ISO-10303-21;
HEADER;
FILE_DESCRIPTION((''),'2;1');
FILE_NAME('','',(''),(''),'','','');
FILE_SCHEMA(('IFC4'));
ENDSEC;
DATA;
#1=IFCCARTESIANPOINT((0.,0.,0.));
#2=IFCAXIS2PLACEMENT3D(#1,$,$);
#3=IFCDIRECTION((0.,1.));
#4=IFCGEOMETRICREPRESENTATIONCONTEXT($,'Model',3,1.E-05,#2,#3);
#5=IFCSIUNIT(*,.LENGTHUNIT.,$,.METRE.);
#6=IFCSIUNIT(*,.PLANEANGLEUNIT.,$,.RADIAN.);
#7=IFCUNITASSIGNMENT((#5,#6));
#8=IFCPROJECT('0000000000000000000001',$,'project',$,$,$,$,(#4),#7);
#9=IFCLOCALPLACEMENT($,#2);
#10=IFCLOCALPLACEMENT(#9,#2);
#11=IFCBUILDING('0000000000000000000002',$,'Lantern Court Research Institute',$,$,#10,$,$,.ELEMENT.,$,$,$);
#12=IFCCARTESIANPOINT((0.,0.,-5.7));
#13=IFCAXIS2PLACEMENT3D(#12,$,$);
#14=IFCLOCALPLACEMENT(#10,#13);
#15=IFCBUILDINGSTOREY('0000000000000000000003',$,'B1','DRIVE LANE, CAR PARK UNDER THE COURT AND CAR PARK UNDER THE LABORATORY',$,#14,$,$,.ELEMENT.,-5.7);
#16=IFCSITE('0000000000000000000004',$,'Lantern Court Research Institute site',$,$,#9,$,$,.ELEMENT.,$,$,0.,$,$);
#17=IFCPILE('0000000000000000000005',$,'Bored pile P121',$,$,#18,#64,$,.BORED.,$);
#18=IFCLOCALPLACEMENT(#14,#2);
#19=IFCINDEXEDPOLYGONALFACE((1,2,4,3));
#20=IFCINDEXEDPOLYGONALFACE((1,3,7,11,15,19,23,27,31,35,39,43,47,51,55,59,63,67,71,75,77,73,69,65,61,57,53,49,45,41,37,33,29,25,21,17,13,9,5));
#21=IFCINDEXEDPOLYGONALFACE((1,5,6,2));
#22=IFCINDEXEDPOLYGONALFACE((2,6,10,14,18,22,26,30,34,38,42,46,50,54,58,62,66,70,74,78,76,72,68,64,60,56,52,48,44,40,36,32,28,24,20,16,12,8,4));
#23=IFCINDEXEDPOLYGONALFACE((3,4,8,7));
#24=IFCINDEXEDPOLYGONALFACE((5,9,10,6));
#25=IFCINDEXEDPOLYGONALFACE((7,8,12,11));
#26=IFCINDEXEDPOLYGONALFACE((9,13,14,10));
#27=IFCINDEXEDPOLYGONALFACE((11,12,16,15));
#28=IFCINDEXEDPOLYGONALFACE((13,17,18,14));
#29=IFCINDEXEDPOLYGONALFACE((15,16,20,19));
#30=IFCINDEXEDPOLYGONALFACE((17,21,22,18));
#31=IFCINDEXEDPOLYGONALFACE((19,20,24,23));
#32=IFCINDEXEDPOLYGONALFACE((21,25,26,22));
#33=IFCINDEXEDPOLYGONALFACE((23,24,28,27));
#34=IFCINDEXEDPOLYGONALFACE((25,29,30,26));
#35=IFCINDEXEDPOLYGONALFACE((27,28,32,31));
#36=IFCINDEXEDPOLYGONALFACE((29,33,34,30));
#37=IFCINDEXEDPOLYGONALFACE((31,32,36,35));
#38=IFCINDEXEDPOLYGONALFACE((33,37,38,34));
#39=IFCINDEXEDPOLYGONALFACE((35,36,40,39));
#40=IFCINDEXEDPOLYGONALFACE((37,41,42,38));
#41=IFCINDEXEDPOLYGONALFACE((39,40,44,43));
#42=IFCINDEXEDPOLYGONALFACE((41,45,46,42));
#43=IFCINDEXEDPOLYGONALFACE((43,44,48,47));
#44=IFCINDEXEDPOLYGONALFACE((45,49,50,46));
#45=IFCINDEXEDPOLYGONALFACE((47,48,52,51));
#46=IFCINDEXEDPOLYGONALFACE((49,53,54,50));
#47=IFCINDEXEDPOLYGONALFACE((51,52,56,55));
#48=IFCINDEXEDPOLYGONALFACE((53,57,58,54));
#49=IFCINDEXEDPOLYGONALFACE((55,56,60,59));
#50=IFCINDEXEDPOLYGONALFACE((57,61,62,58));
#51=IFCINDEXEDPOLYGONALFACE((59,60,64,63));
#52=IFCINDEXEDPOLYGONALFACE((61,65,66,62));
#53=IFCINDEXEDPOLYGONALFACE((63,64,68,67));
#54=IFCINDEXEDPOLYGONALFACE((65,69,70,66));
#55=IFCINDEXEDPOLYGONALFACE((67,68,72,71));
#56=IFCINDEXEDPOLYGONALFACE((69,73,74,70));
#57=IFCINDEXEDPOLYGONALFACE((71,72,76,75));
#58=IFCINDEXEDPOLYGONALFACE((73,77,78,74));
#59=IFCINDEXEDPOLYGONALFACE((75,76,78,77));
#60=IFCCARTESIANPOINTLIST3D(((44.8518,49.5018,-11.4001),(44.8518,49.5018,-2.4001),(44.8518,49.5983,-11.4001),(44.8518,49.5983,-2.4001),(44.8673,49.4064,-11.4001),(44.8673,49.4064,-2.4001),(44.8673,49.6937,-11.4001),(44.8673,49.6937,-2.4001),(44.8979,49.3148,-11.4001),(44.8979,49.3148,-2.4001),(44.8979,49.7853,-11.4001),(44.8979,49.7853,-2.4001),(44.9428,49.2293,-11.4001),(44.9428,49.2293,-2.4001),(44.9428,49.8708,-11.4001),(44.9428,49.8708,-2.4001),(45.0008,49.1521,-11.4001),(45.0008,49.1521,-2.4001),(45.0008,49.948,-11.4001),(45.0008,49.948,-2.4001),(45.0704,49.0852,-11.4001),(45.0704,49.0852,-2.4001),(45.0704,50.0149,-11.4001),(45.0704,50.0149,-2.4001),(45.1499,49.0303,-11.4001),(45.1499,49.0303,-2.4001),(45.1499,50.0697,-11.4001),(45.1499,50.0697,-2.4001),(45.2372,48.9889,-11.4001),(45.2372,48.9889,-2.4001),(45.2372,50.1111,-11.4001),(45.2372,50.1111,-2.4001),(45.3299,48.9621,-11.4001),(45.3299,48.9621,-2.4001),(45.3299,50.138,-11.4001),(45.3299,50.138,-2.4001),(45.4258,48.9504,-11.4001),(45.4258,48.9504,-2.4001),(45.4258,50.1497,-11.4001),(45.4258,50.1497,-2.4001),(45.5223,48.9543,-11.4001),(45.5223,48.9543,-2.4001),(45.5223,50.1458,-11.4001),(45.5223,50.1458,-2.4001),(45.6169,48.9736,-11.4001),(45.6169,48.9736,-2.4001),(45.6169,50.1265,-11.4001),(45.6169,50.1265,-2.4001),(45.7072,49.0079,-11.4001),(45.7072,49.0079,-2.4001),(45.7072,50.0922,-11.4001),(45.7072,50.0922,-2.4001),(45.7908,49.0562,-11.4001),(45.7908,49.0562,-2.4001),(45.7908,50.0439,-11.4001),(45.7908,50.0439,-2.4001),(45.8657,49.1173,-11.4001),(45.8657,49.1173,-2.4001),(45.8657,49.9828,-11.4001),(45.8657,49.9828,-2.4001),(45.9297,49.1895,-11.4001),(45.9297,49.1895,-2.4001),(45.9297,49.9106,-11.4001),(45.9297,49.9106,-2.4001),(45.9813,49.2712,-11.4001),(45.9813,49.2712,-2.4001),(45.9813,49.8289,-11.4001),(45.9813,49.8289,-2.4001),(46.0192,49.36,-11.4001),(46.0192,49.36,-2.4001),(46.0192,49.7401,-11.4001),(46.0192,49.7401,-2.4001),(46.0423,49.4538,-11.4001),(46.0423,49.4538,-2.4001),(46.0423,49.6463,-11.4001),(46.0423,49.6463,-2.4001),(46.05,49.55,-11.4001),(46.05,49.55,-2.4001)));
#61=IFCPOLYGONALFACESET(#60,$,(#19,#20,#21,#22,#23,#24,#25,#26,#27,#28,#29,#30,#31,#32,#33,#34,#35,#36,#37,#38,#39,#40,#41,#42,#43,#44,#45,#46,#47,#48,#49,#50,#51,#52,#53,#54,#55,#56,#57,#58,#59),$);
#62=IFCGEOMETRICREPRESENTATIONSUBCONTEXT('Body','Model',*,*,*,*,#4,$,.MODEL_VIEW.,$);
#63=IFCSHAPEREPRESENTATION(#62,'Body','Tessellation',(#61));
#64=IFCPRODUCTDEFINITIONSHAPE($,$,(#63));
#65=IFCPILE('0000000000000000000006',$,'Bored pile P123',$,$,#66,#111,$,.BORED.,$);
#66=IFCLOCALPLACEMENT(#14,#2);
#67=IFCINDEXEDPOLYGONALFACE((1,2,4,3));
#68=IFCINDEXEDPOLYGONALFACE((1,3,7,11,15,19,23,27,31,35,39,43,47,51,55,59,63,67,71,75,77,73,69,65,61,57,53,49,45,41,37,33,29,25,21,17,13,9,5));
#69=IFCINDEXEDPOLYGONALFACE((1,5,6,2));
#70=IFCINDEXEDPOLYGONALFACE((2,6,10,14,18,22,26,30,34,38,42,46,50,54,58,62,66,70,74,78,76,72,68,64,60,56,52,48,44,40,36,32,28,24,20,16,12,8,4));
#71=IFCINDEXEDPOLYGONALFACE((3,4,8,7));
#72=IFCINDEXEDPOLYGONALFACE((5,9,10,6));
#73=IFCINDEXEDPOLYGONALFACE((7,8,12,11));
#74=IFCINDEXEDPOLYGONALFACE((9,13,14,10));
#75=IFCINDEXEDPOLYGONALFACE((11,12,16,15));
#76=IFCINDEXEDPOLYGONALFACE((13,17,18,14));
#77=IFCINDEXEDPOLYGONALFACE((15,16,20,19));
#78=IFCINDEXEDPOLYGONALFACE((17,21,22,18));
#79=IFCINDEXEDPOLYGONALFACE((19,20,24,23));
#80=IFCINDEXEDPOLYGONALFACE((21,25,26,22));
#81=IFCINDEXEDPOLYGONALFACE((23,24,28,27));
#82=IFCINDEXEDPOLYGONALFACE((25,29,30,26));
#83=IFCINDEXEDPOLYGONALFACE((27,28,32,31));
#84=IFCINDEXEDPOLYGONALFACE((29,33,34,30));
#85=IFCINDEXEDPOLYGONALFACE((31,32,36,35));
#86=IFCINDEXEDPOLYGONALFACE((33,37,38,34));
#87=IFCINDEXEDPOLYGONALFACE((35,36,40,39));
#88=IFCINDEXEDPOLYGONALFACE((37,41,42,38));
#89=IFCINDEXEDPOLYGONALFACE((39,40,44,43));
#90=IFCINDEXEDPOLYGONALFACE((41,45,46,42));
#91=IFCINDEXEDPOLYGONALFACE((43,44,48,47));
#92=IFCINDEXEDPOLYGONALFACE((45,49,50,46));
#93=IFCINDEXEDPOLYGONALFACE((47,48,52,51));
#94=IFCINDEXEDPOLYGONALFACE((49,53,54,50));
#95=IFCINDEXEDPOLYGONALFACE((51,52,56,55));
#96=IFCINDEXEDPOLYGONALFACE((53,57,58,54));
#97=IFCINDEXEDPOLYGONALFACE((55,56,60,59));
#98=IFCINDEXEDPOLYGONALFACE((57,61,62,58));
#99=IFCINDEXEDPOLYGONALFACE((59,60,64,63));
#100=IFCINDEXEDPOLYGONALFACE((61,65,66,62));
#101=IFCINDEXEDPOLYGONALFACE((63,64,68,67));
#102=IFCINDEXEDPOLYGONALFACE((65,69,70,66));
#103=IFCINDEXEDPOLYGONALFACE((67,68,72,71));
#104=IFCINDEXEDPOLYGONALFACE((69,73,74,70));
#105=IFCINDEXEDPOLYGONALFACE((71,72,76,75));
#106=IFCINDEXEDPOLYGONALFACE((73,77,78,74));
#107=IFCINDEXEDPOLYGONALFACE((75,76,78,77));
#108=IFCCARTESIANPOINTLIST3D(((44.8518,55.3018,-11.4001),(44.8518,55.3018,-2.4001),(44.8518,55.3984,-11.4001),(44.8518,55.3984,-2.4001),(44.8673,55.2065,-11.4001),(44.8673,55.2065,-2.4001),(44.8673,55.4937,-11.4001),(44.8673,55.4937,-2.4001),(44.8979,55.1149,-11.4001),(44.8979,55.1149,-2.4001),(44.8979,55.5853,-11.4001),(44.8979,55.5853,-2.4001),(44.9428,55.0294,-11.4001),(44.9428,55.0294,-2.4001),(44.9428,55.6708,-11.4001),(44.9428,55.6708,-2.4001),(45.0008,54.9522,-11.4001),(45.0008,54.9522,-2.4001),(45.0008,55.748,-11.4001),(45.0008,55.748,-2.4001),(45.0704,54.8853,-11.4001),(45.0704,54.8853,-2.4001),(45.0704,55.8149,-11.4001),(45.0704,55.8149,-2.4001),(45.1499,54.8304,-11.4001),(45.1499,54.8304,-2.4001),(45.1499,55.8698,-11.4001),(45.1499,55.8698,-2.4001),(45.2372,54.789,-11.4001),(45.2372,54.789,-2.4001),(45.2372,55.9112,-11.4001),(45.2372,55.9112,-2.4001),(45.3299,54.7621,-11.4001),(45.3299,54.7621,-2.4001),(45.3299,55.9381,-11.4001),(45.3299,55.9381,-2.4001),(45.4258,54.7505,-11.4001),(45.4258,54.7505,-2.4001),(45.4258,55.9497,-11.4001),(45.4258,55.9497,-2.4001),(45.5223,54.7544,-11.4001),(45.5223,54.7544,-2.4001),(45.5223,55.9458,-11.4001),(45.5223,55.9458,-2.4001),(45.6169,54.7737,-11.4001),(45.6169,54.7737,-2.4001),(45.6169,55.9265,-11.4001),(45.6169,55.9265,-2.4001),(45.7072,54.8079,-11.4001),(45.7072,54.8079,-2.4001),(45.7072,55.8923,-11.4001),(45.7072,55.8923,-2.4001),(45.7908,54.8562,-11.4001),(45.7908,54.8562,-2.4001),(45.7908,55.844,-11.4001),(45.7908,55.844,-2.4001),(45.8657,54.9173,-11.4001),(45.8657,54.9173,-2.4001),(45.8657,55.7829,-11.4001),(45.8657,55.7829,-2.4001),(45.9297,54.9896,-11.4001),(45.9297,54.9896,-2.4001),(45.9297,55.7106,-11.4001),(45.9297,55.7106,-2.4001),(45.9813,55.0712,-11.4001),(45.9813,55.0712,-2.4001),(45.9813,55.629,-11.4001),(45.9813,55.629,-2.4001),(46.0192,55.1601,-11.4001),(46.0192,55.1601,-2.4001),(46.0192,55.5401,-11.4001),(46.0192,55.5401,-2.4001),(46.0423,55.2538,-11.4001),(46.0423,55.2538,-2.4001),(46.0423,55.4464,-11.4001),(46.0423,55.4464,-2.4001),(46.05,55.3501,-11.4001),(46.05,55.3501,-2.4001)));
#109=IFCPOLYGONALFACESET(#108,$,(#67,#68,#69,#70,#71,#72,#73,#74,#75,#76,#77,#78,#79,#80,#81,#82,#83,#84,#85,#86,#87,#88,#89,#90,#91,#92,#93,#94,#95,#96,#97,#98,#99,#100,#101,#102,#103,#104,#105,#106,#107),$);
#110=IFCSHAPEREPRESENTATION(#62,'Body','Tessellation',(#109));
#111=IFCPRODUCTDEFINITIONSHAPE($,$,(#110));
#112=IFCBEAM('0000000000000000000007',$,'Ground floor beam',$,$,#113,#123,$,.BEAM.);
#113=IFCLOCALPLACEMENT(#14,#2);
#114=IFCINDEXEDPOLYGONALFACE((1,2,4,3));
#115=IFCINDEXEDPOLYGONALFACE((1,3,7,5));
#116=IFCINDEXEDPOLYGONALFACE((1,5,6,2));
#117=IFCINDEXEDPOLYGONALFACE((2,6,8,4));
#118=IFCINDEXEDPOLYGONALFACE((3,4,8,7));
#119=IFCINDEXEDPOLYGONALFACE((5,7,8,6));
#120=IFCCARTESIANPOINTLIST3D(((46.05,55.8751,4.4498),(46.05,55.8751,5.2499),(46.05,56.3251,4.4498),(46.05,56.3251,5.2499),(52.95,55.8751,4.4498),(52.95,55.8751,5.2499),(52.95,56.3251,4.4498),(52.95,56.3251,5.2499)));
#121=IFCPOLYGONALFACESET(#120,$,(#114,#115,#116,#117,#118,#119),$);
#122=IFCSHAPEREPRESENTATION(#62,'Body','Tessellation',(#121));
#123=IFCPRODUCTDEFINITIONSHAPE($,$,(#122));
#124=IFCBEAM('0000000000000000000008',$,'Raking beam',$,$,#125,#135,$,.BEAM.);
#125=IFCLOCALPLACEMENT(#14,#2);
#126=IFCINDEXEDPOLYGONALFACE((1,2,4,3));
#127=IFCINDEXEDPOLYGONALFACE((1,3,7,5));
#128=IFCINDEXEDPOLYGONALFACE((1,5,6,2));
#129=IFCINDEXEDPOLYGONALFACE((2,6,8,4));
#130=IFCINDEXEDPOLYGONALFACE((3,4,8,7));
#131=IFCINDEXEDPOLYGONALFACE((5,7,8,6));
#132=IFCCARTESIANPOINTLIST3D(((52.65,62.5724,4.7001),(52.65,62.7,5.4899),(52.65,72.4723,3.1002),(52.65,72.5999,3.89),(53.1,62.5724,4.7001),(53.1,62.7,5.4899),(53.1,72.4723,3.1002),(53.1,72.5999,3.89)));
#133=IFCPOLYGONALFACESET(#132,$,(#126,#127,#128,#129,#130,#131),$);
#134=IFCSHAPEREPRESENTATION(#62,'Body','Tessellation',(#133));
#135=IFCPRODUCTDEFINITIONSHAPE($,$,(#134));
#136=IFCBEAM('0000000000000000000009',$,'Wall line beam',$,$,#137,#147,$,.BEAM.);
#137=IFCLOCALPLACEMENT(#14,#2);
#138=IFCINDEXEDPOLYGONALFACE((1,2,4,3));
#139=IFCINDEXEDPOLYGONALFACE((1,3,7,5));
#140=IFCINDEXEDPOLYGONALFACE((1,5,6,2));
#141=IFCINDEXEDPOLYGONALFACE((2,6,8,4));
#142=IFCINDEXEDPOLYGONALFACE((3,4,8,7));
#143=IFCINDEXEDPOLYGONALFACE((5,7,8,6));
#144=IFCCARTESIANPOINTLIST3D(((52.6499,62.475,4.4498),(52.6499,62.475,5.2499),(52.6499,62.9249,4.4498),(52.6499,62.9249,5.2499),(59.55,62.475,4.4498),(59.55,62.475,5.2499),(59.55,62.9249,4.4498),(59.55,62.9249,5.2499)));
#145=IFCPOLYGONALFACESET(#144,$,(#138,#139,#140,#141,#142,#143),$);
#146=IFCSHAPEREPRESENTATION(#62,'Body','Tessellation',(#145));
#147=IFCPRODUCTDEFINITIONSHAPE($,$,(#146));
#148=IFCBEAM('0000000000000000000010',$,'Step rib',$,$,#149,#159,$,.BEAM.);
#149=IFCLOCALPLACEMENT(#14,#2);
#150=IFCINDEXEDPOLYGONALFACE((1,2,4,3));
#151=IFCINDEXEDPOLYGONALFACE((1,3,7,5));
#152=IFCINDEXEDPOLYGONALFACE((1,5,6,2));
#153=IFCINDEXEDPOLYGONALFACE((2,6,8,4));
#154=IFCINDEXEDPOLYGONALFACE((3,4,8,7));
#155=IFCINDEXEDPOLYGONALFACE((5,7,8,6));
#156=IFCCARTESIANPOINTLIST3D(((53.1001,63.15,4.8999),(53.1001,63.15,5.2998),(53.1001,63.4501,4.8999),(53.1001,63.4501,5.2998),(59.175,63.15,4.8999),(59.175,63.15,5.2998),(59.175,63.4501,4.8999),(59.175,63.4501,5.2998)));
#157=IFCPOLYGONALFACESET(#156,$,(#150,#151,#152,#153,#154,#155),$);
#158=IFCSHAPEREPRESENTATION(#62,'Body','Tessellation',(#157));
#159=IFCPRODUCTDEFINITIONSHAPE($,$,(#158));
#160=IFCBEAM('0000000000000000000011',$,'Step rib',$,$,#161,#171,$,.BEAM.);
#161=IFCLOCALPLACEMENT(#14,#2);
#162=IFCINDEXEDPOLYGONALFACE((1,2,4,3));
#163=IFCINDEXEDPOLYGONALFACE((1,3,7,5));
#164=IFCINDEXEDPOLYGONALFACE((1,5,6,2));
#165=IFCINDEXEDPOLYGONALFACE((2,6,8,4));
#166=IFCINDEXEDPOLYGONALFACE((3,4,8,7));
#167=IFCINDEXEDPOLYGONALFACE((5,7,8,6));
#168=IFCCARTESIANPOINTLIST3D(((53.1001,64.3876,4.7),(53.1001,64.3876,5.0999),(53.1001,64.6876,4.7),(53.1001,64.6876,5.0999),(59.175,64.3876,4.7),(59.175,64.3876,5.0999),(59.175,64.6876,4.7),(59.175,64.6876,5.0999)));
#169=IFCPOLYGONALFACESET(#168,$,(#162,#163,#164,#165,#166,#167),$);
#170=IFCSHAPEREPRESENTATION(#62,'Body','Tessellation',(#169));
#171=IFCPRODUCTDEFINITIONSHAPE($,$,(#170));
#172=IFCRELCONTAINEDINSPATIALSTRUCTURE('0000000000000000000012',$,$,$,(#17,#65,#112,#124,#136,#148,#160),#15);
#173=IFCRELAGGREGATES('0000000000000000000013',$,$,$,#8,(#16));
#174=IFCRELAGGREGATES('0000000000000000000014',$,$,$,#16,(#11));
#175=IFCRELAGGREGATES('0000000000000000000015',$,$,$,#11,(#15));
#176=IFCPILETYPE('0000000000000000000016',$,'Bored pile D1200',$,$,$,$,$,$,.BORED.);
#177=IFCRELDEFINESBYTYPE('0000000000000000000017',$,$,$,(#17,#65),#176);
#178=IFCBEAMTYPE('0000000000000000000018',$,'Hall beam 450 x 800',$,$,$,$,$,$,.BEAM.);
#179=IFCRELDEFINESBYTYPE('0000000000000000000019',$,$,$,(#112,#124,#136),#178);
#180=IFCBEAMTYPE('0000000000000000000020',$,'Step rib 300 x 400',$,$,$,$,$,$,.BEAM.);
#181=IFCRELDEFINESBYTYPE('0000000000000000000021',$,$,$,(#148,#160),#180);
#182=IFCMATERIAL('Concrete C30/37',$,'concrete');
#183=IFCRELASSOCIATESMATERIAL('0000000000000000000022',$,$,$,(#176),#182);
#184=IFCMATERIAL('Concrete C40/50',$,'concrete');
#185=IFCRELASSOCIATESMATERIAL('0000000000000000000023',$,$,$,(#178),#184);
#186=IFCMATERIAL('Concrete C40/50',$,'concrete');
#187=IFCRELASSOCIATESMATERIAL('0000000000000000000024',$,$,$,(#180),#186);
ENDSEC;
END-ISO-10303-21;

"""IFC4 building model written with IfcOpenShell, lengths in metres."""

from ifc_helpers import new_model, si_unit, direction, frame, origin, origin_2d, place, context, subcontext, project, spatial, rectangle, circle, extrude, material, material_profile, profile_set, type_object, element, save


model = new_model("IFC4")

# Units and contexts
model_context = context("Model", 3, precision=1e-05, world=origin(), true_north=direction((0.0, 1.0)))
body_context = subcontext(model_context, "Body", "Model", "MODEL_VIEW")
ifc_project = project(units=[si_unit("LENGTHUNIT", "METRE"), si_unit("PLANEANGLEUNIT", "RADIAN")], contexts=[model_context])

# Site, building, storey
site_placement = place(None, origin())
site = spatial("IfcSite", under=ifc_project, at=site_placement, Name="Lantern Court Research Institute site", CompositionType="ELEMENT", RefElevation=0.0)
building_placement = place(site_placement, origin())
building = spatial("IfcBuilding", under=site, at=building_placement, Name="Lantern Court Research Institute", CompositionType="ELEMENT")
storey_placement = place(building_placement, frame((0.0, 0.0, -5.7)))
storey = spatial("IfcBuildingStorey", under=building, at=storey_placement, Name="B1", Description="DRIVE LANE, CAR PARK UNDER THE COURT AND CAR PARK UNDER THE LABORATORY", CompositionType="ELEMENT", Elevation=-5.7)

# Piles
ifc_material_1 = material(Name="Concrete C30/37", Category="concrete")
ifc_material_profile_1 = material_profile(ifc_material_1, circle(Radius=0.6001, at=origin_2d()), Name="Bored pile D1200")
ifc_profile_set_1 = profile_set([ifc_material_profile_1], Name="Concrete C30/37")
pile_type = type_object("IfcPileType", Name="Bored pile D1200", PredefinedType="BORED", material=ifc_profile_set_1)
for number, where, z_axis, x_axis, name in (
    (1, (45.45, 49.55, -2.4001), (0.0, 0.0, -1.0), (1.0, 0.0, 0.0), "Bored pile P121"),
    (2, (45.45, 55.3501, -2.4001), (0.0, 0.0, -1.0), (1.0, 0.0, 0.0), "Bored pile P123"),
):
    element("IfcPile", number, at=place(storey_placement, frame(where, z_axis=z_axis, x_axis=x_axis)), inside=storey, type_object=pile_type, Name=name, PredefinedType="BORED", context=body_context, shape_type="SweptSolid", body=[
        extrude(circle(Radius=0.6001, at=origin_2d()), origin(), (0.0, 0.0, 1.0), 9.0),
    ])

# Beams
ifc_material_2 = material(Name="Concrete C40/50", Category="concrete")
ifc_material_profile_2 = material_profile(ifc_material_2, rectangle(XDim=0.45, YDim=0.8, at=origin_2d()), Name="Hall beam 450 x 800")
ifc_profile_set_2 = profile_set([ifc_material_profile_2], Name="Concrete C40/50")
beam_type_1 = type_object("IfcBeamType", Name="Hall beam 450 x 800", PredefinedType="BEAM", material=ifc_profile_set_2)
beam_1_placement = place(storey_placement, frame((46.05, 56.1001, 4.8499), z_axis=(1.0, 0.0, 0.0), x_axis=(0.0, 1.0, 0.0)))
element("IfcBeam", 3, at=beam_1_placement, inside=storey, type_object=beam_type_1, Name="Ground floor beam", PredefinedType="BEAM", context=body_context, shape_type="SweptSolid", body=[
    extrude(rectangle(XDim=0.45, YDim=0.8, at=origin_2d()), origin(), (0.0, 0.0, 1.0), 6.8999),
])
beam_2_placement = place(storey_placement, frame((52.875, 62.6362, 5.095), z_axis=(0.0, 0.987193, -0.159533), x_axis=(-1.0, 0.0, 0.0)))
element("IfcBeam", 4, at=beam_2_placement, inside=storey, type_object=beam_type_1, Name="Raking beam", PredefinedType="BEAM", context=body_context, shape_type="SweptSolid", body=[
    extrude(rectangle(XDim=0.45, YDim=0.8, at=origin_2d()), origin(), (0.0, 0.0, 1.0), 10.0283),
])
beam_3_placement = place(storey_placement, frame((52.6499, 62.7, 4.8499), z_axis=(1.0, 0.0, 0.0), x_axis=(0.0, 1.0, 0.0)))
element("IfcBeam", 5, at=beam_3_placement, inside=storey, type_object=beam_type_1, Name="Wall line beam", PredefinedType="BEAM", context=body_context, shape_type="SweptSolid", body=[
    extrude(rectangle(XDim=0.45, YDim=0.8, at=origin_2d()), origin(), (0.0, 0.0, 1.0), 6.9001),
])
ifc_material_3 = material(Name="Concrete C40/50", Category="concrete")
ifc_material_profile_3 = material_profile(ifc_material_3, rectangle(XDim=0.3, YDim=0.3999, at=origin_2d()), Name="Step rib 300 x 400")
ifc_profile_set_3 = profile_set([ifc_material_profile_3], Name="Concrete C40/50")
beam_type_2 = type_object("IfcBeamType", Name="Step rib 300 x 400", PredefinedType="BEAM", material=ifc_profile_set_3)
for number, where, z_axis, x_axis, name in (
    (6, (53.1001, 63.3, 5.0999), (1.0, 0.0, 0.0), (0.0, 1.0, 0.0), "Step rib"),
    (7, (53.1001, 64.5376, 4.8999), (1.0, 0.0, 0.0), (0.0, 1.0, 0.0), "Step rib"),
):
    element("IfcBeam", number, at=place(storey_placement, frame(where, z_axis=z_axis, x_axis=x_axis)), inside=storey, type_object=beam_type_2, Name=name, PredefinedType="BEAM", context=body_context, shape_type="SweptSolid", body=[
        extrude(rectangle(XDim=0.3, YDim=0.3999, at=origin_2d()), origin(), (0.0, 0.0, 1.0), 6.075),
    ])

save(model, "model.ifc")
